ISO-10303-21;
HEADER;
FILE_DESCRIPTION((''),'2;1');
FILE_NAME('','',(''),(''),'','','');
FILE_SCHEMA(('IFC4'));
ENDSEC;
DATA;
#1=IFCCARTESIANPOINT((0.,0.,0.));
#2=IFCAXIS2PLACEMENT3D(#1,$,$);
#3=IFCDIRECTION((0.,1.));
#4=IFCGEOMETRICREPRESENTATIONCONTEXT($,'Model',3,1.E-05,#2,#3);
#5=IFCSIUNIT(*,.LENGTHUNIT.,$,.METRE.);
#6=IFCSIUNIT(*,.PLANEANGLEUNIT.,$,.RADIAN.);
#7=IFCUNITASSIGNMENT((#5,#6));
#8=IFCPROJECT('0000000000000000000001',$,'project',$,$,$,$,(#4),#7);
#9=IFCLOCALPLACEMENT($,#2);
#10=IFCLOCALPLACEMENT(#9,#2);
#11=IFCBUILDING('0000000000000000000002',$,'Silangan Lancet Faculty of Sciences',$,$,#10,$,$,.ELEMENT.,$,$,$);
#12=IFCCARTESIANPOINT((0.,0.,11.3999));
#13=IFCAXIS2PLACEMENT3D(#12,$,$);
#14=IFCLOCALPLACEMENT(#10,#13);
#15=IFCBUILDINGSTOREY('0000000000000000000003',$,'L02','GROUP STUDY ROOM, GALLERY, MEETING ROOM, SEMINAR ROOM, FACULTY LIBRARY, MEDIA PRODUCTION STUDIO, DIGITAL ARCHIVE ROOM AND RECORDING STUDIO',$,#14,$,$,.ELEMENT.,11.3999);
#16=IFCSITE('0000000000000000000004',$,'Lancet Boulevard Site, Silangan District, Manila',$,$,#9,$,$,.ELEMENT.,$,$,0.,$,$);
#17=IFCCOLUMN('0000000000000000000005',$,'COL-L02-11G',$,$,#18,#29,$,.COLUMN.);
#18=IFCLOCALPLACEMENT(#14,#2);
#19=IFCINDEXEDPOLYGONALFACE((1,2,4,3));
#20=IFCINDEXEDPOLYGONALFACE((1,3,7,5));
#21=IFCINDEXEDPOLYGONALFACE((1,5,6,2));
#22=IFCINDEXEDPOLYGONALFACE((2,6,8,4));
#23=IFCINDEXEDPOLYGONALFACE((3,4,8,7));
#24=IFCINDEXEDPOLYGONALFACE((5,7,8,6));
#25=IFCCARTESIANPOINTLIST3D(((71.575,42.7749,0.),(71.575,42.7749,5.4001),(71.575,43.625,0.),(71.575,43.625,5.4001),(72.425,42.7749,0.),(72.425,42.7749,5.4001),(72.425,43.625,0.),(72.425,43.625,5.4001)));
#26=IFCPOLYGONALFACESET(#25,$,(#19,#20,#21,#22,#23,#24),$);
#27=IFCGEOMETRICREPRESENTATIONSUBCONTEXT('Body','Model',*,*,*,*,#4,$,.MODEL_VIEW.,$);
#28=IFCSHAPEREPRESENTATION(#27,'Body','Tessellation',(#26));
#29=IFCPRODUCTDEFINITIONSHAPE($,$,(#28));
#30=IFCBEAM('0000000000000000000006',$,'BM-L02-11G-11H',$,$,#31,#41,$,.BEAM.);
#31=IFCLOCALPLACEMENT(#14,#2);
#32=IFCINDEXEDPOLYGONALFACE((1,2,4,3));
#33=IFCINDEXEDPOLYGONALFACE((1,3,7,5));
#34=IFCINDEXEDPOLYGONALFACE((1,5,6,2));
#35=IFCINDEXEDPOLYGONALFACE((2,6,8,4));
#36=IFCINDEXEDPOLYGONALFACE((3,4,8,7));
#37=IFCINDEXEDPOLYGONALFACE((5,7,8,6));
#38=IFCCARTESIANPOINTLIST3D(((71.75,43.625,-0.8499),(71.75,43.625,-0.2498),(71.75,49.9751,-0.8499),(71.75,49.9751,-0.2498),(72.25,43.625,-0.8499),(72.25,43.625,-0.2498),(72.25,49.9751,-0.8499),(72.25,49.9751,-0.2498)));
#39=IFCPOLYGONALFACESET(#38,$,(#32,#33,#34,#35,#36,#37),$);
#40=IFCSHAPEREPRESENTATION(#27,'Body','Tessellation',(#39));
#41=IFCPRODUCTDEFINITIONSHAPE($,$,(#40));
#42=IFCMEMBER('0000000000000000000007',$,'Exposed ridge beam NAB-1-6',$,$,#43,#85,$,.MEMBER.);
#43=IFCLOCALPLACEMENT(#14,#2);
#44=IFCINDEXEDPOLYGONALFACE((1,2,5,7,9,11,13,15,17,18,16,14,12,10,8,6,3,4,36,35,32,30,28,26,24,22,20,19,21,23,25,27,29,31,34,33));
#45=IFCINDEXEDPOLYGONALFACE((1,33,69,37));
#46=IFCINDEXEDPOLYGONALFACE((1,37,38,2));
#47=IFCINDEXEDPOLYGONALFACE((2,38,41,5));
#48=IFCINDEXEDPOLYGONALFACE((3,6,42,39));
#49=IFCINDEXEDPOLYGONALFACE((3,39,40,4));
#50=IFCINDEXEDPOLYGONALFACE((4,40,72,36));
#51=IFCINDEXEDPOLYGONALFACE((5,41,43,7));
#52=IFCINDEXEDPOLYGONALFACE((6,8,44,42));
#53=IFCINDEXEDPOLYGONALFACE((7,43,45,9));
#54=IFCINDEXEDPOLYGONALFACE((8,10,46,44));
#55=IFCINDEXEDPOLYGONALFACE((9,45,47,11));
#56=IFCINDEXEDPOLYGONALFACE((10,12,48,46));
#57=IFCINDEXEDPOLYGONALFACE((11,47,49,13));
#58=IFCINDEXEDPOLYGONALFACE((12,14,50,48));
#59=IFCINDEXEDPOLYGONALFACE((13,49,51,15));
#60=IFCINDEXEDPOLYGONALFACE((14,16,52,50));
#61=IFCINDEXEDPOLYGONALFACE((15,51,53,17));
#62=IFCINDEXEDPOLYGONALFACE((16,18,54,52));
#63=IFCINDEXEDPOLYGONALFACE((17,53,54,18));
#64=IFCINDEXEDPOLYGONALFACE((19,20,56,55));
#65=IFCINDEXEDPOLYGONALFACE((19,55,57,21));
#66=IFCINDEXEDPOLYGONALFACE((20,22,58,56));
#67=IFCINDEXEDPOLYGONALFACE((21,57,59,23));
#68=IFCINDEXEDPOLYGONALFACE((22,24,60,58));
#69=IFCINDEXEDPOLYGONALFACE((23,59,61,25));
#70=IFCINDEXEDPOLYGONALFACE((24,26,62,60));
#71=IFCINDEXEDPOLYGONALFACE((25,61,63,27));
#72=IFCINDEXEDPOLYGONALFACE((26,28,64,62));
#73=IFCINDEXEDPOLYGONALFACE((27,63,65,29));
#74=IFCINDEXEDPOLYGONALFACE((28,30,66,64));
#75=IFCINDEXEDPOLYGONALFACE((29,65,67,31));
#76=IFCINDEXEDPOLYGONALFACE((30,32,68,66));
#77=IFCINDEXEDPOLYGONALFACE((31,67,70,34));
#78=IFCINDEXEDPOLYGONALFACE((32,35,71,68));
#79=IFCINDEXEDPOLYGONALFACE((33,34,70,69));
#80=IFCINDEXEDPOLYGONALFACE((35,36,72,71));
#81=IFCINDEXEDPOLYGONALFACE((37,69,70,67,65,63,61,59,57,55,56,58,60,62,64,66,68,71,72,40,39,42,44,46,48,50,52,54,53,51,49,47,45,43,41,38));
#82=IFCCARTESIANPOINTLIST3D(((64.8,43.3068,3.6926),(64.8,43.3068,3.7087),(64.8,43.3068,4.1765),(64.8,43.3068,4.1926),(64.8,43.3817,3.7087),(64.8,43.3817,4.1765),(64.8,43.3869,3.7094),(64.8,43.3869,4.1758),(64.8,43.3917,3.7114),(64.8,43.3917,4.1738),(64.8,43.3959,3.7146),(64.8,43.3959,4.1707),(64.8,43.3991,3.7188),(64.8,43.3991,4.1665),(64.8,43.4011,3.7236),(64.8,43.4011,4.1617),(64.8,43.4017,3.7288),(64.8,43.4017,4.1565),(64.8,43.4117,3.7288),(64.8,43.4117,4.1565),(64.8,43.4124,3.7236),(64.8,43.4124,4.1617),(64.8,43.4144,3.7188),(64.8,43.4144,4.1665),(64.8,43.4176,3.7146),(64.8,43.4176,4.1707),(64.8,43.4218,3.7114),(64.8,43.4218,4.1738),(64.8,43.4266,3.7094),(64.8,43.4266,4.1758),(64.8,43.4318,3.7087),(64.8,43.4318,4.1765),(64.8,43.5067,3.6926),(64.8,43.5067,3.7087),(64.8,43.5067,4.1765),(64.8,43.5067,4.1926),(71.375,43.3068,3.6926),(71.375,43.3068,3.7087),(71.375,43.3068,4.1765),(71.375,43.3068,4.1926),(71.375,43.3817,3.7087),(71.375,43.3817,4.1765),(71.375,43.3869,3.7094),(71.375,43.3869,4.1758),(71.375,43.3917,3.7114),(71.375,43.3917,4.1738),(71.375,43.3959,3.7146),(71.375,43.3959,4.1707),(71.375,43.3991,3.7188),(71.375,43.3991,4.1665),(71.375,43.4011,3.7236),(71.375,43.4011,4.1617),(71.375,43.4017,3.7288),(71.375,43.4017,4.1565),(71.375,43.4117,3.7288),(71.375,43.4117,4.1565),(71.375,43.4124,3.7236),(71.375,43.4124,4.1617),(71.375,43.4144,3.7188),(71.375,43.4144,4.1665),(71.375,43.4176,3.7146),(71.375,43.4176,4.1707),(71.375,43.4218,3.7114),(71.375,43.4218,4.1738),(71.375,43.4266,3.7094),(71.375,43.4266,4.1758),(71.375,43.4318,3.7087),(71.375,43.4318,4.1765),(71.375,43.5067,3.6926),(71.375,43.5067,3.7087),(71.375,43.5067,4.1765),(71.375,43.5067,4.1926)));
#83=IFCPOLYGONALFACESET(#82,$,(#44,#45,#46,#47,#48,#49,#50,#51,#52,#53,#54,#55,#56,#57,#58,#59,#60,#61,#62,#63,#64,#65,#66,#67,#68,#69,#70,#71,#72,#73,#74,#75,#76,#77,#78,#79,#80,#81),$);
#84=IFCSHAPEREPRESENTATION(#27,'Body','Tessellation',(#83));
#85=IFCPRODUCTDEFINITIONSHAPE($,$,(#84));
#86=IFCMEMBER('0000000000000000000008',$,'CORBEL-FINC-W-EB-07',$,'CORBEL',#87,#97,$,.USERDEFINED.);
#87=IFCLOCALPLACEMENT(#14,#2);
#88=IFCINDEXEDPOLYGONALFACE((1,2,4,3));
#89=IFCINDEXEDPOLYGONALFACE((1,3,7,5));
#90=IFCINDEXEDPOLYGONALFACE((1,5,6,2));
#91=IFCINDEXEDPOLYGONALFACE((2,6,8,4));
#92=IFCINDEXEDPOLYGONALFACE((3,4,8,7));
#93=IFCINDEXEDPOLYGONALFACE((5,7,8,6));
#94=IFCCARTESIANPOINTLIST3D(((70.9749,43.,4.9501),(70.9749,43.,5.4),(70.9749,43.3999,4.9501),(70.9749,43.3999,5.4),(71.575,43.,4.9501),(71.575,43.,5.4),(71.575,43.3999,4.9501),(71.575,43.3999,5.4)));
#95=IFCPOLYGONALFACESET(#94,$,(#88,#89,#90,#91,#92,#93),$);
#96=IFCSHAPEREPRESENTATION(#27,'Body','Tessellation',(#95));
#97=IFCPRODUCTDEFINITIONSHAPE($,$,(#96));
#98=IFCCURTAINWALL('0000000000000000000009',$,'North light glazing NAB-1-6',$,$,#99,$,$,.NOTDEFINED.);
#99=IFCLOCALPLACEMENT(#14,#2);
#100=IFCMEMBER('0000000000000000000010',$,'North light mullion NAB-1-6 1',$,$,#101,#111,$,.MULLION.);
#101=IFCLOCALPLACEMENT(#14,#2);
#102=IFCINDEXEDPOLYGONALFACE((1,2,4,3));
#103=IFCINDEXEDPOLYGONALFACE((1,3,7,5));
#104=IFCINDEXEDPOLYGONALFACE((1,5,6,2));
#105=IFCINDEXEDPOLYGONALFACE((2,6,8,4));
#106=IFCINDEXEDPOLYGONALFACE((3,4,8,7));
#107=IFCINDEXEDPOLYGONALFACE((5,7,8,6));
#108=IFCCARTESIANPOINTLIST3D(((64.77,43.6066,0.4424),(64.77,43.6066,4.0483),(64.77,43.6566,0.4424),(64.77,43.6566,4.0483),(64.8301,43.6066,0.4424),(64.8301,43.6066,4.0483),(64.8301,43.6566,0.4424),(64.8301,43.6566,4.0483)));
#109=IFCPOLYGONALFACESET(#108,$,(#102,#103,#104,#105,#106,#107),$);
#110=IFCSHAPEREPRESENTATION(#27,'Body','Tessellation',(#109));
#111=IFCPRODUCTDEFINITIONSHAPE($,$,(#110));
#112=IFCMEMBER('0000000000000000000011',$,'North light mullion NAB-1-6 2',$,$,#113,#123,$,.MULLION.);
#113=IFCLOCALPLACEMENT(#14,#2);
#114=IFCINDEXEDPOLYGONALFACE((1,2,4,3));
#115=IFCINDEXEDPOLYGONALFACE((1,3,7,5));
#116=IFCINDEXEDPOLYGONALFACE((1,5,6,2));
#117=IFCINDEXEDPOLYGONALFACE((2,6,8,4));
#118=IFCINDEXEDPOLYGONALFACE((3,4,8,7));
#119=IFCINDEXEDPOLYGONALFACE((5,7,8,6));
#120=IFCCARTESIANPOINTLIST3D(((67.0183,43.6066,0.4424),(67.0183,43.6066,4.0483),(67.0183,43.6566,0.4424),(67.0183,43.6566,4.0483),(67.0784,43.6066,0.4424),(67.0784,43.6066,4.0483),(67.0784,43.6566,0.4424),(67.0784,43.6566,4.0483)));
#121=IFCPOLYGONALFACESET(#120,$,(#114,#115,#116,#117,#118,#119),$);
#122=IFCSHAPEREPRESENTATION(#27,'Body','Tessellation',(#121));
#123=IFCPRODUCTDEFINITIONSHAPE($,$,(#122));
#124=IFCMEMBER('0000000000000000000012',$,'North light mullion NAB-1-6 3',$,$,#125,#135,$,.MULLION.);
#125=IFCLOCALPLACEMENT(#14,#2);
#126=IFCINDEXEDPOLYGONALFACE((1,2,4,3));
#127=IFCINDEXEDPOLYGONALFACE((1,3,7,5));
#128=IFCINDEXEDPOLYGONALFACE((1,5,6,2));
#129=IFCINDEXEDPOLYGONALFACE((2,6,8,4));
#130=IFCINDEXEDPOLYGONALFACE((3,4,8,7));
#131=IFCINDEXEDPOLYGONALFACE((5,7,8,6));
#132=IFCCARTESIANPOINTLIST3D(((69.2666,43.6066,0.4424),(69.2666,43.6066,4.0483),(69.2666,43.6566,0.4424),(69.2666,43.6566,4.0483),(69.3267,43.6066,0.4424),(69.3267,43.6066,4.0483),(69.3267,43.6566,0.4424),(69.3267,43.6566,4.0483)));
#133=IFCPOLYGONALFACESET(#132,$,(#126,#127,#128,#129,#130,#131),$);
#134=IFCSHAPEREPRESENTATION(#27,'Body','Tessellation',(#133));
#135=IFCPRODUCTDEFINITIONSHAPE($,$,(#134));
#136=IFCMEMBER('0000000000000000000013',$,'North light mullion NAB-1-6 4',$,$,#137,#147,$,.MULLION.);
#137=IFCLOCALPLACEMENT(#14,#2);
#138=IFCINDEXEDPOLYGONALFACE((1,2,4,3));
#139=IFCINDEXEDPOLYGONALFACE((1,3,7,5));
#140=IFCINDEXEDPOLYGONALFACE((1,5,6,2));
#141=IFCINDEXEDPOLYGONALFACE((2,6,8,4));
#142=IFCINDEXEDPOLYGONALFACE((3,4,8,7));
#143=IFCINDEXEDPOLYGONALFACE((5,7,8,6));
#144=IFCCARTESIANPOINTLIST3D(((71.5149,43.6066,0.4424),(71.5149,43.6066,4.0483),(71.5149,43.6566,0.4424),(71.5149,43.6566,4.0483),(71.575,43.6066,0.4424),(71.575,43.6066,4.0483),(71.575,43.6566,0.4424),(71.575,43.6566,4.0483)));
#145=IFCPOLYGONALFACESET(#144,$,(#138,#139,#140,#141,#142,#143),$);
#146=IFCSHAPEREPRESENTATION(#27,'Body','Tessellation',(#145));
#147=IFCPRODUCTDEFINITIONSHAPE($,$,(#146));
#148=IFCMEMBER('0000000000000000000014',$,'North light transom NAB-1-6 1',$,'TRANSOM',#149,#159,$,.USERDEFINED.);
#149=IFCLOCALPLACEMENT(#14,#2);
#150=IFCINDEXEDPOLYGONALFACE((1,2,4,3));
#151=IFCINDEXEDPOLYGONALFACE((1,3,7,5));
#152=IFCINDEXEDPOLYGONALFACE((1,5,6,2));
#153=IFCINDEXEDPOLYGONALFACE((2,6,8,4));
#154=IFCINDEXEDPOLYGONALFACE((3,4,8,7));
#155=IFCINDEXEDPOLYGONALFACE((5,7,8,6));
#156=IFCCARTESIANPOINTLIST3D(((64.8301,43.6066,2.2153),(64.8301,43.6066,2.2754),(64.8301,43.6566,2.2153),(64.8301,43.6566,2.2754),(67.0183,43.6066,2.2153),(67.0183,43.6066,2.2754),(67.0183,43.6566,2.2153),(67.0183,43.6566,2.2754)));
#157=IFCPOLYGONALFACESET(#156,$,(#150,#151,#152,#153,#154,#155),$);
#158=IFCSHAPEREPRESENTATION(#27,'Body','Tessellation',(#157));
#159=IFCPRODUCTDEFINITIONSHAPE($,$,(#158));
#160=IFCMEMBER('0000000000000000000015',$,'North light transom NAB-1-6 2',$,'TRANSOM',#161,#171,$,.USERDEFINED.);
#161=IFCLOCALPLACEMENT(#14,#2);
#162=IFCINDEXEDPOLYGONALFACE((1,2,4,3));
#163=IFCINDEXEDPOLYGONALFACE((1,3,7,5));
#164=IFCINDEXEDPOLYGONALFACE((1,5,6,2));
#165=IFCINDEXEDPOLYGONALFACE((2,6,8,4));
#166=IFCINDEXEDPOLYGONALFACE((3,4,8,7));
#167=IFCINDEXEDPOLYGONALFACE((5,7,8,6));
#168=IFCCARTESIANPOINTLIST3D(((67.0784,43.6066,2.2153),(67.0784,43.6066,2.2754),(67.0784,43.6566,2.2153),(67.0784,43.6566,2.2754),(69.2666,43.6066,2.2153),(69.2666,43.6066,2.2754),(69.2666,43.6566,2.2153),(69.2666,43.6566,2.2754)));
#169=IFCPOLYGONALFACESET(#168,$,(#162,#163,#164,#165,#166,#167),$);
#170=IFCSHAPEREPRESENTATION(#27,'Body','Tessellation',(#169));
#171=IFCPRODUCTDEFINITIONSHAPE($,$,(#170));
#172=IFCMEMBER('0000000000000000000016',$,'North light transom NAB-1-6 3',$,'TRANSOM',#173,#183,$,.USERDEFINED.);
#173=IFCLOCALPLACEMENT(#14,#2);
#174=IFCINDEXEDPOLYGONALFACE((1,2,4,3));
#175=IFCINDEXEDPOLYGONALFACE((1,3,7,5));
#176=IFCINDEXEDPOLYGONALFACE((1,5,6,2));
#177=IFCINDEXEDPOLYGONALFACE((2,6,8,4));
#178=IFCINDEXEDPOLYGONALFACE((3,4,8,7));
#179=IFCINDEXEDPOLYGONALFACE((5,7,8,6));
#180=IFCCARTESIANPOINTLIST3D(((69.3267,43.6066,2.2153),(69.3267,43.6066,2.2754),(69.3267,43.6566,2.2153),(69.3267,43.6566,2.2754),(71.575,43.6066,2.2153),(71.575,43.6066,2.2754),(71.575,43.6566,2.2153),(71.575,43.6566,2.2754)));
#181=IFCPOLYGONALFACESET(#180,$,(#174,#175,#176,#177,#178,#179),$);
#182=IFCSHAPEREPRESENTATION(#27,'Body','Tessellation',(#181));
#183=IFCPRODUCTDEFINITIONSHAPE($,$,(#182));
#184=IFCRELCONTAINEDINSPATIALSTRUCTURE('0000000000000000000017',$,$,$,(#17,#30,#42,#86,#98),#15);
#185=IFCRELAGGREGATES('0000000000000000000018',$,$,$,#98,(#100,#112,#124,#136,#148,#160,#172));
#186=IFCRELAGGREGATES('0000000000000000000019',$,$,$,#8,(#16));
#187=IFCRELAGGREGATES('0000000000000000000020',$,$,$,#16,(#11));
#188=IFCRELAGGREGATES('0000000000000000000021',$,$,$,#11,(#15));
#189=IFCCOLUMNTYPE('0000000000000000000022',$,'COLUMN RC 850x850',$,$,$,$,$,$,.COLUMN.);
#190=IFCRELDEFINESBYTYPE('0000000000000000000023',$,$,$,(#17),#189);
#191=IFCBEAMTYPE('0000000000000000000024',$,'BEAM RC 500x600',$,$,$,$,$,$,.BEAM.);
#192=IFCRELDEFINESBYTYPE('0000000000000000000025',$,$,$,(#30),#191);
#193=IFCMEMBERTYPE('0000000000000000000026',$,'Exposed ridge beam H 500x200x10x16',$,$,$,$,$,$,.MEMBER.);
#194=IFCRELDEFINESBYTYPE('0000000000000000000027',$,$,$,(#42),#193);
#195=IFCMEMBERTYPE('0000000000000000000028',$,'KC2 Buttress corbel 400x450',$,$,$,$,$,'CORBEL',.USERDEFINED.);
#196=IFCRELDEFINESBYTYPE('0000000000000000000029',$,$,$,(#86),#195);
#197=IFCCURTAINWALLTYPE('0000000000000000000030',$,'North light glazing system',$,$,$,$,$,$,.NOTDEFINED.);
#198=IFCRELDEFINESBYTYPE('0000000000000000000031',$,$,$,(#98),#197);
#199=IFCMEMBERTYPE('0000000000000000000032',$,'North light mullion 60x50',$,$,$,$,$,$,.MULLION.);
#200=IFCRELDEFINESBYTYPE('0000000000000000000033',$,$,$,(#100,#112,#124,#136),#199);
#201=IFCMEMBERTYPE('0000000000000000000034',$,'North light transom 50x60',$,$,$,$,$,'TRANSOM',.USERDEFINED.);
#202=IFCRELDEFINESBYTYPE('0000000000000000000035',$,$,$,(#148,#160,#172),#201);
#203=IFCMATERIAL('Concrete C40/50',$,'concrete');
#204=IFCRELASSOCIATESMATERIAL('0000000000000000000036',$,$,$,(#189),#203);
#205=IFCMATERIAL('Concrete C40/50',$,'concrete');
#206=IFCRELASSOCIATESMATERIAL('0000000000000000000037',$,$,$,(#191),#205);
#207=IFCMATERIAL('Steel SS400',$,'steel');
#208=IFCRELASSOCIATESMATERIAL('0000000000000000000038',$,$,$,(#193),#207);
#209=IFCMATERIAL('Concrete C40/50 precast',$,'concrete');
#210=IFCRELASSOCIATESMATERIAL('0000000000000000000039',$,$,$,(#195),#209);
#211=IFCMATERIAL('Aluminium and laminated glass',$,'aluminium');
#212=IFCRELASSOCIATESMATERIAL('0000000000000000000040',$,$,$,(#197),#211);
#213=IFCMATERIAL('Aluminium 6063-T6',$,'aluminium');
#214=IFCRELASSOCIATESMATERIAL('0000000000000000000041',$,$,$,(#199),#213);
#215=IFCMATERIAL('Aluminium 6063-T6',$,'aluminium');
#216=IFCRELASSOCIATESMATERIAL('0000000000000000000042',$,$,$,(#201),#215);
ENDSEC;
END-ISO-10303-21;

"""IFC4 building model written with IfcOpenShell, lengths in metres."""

from ifc_helpers import new_model, si_unit, direction, frame, origin, origin_2d, place, context, subcontext, project, spatial, rectangle, i_section, extrude, material, material_profile, profile_set, type_object, element, aggregate, save


model = new_model("IFC4")

# Units and contexts
model_context = context("Model", 3, precision=1e-05, world=origin(), true_north=direction((0.0, 1.0)))
body_context = subcontext(model_context, "Body", "Model", "MODEL_VIEW")
ifc_project = project(units=[si_unit("LENGTHUNIT", "METRE"), si_unit("PLANEANGLEUNIT", "RADIAN")], contexts=[model_context])

# Site, building, storey
site_placement = place(None, origin())
site = spatial("IfcSite", under=ifc_project, at=site_placement, Name="Lancet Boulevard Site, Silangan District, Manila", CompositionType="ELEMENT", RefElevation=0.0)
building_placement = place(site_placement, origin())
building = spatial("IfcBuilding", under=site, at=building_placement, Name="Silangan Lancet Faculty of Sciences", CompositionType="ELEMENT")
storey_placement = place(building_placement, frame((0.0, 0.0, 11.3999)))
storey = spatial("IfcBuildingStorey", under=building, at=storey_placement, Name="L02", Description="GROUP STUDY ROOM, GALLERY, MEETING ROOM, SEMINAR ROOM, FACULTY LIBRARY, MEDIA PRODUCTION STUDIO, DIGITAL ARCHIVE ROOM AND RECORDING STUDIO", CompositionType="ELEMENT", Elevation=11.3999)

# Column
ifc_material_1 = material(Name="Concrete C40/50", Category="concrete")
ifc_material_profile_1 = material_profile(ifc_material_1, rectangle(XDim=0.8501, YDim=0.8501, at=origin_2d()), Name="RC 850x850")
ifc_profile_set_1 = profile_set([ifc_material_profile_1], Name="Concrete C40/50")
column_type = type_object("IfcColumnType", Name="COLUMN RC 850x850", PredefinedType="COLUMN", material=ifc_profile_set_1)
column_placement = place(storey_placement, frame((72.0, 43.2, 0.0), z_axis=(0.0, 0.0, 1.0), x_axis=(1.0, 0.0, 0.0)))
element("IfcColumn", 1, at=column_placement, inside=storey, type_object=column_type, Name="COL-L02-11G", PredefinedType="COLUMN", context=body_context, shape_type="SweptSolid", body=[
    extrude(rectangle(XDim=0.8501, YDim=0.8501, at=origin_2d()), origin(), (0.0, 0.0, 1.0), 5.4001),
])

# Beam
ifc_material_2 = material(Name="Concrete C40/50", Category="concrete")
ifc_material_profile_2 = material_profile(ifc_material_2, rectangle(XDim=0.5, YDim=0.6001, at=origin_2d()), Name="RC 500x600")
ifc_profile_set_2 = profile_set([ifc_material_profile_2], Name="Concrete C40/50")
beam_type = type_object("IfcBeamType", Name="BEAM RC 500x600", PredefinedType="BEAM", material=ifc_profile_set_2)
beam_placement = place(storey_placement, frame((72.0, 43.625, -0.5498), z_axis=(0.0, 1.0, 0.0), x_axis=(-1.0, 0.0, 0.0)))
element("IfcBeam", 2, at=beam_placement, inside=storey, type_object=beam_type, Name="BM-L02-11G-11H", PredefinedType="BEAM", context=body_context, shape_type="SweptSolid", body=[
    extrude(rectangle(XDim=0.5, YDim=0.6001, at=origin_2d()), origin(), (0.0, 0.0, 1.0), 6.3501),
])

# Members
ifc_material_3 = material(Name="Steel SS400", Category="steel")
ifc_material_profile_3 = material_profile(ifc_material_3, i_section(OverallWidth=0.2, OverallDepth=0.5, WebThickness=0.01, FlangeThickness=0.0161, FilletRadius=0.02, at=origin_2d()), Name="H 500x200x10x16")
ifc_profile_set_3 = profile_set([ifc_material_profile_3], Name="Steel SS400")
member_type_1 = type_object("IfcMemberType", Name="Exposed ridge beam H 500x200x10x16", PredefinedType="MEMBER", material=ifc_profile_set_3)
member_1_placement = place(storey_placement, frame((64.8, 43.4067, 3.9426), z_axis=(1.0, 0.0, 0.0), x_axis=(0.0, 1.0, 0.0)))
element("IfcMember", 3, at=member_1_placement, inside=storey, type_object=member_type_1, Name="Exposed ridge beam NAB-1-6", PredefinedType="MEMBER", context=body_context, shape_type="SweptSolid", body=[
    extrude(i_section(OverallWidth=0.2, OverallDepth=0.5, WebThickness=0.01, FlangeThickness=0.0161, FilletRadius=0.02, at=origin_2d()), origin(), (0.0, 0.0, 1.0), 6.575),
])
ifc_material_4 = material(Name="Concrete C40/50 precast", Category="concrete")
ifc_material_profile_4 = material_profile(ifc_material_4, rectangle(XDim=0.3999, YDim=0.45, at=origin_2d()), Name="RC 400x450")
ifc_profile_set_4 = profile_set([ifc_material_profile_4], Name="Concrete C40/50 precast")
member_type_2 = type_object("IfcMemberType", Name="KC2 Buttress corbel 400x450", ElementType="CORBEL", PredefinedType="USERDEFINED", material=ifc_profile_set_4)
member_2_placement = place(storey_placement, frame((71.575, 43.2, 5.175), z_axis=(-1.0, 0.0, 0.0), x_axis=(0.0, -1.0, 0.0)))
element("IfcMember", 4, at=member_2_placement, inside=storey, type_object=member_type_2, Name="CORBEL-FINC-W-EB-07", ObjectType="CORBEL", PredefinedType="USERDEFINED", context=body_context, shape_type="SweptSolid", body=[
    extrude(rectangle(XDim=0.3999, YDim=0.45, at=origin_2d()), origin(), (0.0, 0.0, 1.0), 0.6001),
])

# Curtain wall, members
ifc_material_5 = material(Name="Aluminium and laminated glass", Category="aluminium")
curtain_wall_type = type_object("IfcCurtainWallType", Name="North light glazing system", PredefinedType="NOTDEFINED", material=ifc_material_5)
curtain_wall_placement = place(storey_placement, origin())
curtain_wall = element("IfcCurtainWall", 5, at=curtain_wall_placement, inside=storey, type_object=curtain_wall_type, Name="North light glazing NAB-1-6", PredefinedType="NOTDEFINED")
ifc_material_6 = material(Name="Aluminium 6063-T6", Category="aluminium")
ifc_material_profile_5 = material_profile(ifc_material_6, rectangle(XDim=0.0601, YDim=0.05, at=origin_2d()), Name="AL 60x50")
ifc_profile_set_5 = profile_set([ifc_material_profile_5], Name="Aluminium 6063-T6")
member_type_3 = type_object("IfcMemberType", Name="North light mullion 60x50", PredefinedType="MULLION", material=ifc_profile_set_5)
member_3_placement = place(storey_placement, frame((64.8, 43.6316, 0.4424), z_axis=(0.0, 0.0, 1.0), x_axis=(1.0, 0.0, 0.0)))
member_3 = element("IfcMember", 6, at=member_3_placement, type_object=member_type_3, Name="North light mullion NAB-1-6 1", PredefinedType="MULLION", context=body_context, shape_type="SweptSolid", body=[
    extrude(rectangle(XDim=0.0601, YDim=0.05, at=origin_2d()), origin(), (0.0, 0.0, 1.0), 3.606),
])
member_4_placement = place(storey_placement, frame((67.0483, 43.6316, 0.4424), z_axis=(0.0, 0.0, 1.0), x_axis=(1.0, 0.0, 0.0)))
member_4 = element("IfcMember", 7, at=member_4_placement, type_object=member_type_3, Name="North light mullion NAB-1-6 2", PredefinedType="MULLION", context=body_context, shape_type="SweptSolid", body=[
    extrude(rectangle(XDim=0.0601, YDim=0.05, at=origin_2d()), origin(), (0.0, 0.0, 1.0), 3.606),
])
member_5_placement = place(storey_placement, frame((69.2966, 43.6316, 0.4424), z_axis=(0.0, 0.0, 1.0), x_axis=(1.0, 0.0, 0.0)))
member_5 = element("IfcMember", 8, at=member_5_placement, type_object=member_type_3, Name="North light mullion NAB-1-6 3", PredefinedType="MULLION", context=body_context, shape_type="SweptSolid", body=[
    extrude(rectangle(XDim=0.0601, YDim=0.05, at=origin_2d()), origin(), (0.0, 0.0, 1.0), 3.606),
])
member_6_placement = place(storey_placement, frame((71.5449, 43.6316, 0.4424), z_axis=(0.0, 0.0, 1.0), x_axis=(1.0, 0.0, 0.0)))
member_6 = element("IfcMember", 9, at=member_6_placement, type_object=member_type_3, Name="North light mullion NAB-1-6 4", PredefinedType="MULLION", context=body_context, shape_type="SweptSolid", body=[
    extrude(rectangle(XDim=0.0601, YDim=0.05, at=origin_2d()), origin(), (0.0, 0.0, 1.0), 3.606),
])
ifc_material_7 = material(Name="Aluminium 6063-T6", Category="aluminium")
ifc_material_profile_6 = material_profile(ifc_material_7, rectangle(XDim=0.05, YDim=0.0601, at=origin_2d()), Name="AL 50x60")
ifc_profile_set_6 = profile_set([ifc_material_profile_6], Name="Aluminium 6063-T6")
member_type_4 = type_object("IfcMemberType", Name="North light transom 50x60", ElementType="TRANSOM", PredefinedType="USERDEFINED", material=ifc_profile_set_6)
member_7_placement = place(storey_placement, frame((64.8301, 43.6316, 2.2454), z_axis=(1.0, 0.0, 0.0), x_axis=(0.0, 1.0, 0.0)))
member_7 = element("IfcMember", 10, at=member_7_placement, type_object=member_type_4, Name="North light transom NAB-1-6 1", ObjectType="TRANSOM", PredefinedType="USERDEFINED", context=body_context, shape_type="SweptSolid", body=[
    extrude(rectangle(XDim=0.05, YDim=0.0601, at=origin_2d()), origin(), (0.0, 0.0, 1.0), 2.1882),
])
member_8_placement = place(storey_placement, frame((67.0784, 43.6316, 2.2454), z_axis=(1.0, 0.0, 0.0), x_axis=(0.0, 1.0, 0.0)))
member_8 = element("IfcMember", 11, at=member_8_placement, type_object=member_type_4, Name="North light transom NAB-1-6 2", ObjectType="TRANSOM", PredefinedType="USERDEFINED", context=body_context, shape_type="SweptSolid", body=[
    extrude(rectangle(XDim=0.05, YDim=0.0601, at=origin_2d()), origin(), (0.0, 0.0, 1.0), 2.1882),
])
member_9_placement = place(storey_placement, frame((69.3267, 43.6316, 2.2454), z_axis=(1.0, 0.0, 0.0), x_axis=(0.0, 1.0, 0.0)))
member_9 = element("IfcMember", 12, at=member_9_placement, type_object=member_type_4, Name="North light transom NAB-1-6 3", ObjectType="TRANSOM", PredefinedType="USERDEFINED", context=body_context, shape_type="SweptSolid", body=[
    extrude(rectangle(XDim=0.05, YDim=0.0601, at=origin_2d()), origin(), (0.0, 0.0, 1.0), 2.2483),
])

aggregate(curtain_wall, [member_3, member_4, member_5, member_6, member_7, member_8, member_9])

save(model, "model.ifc")
